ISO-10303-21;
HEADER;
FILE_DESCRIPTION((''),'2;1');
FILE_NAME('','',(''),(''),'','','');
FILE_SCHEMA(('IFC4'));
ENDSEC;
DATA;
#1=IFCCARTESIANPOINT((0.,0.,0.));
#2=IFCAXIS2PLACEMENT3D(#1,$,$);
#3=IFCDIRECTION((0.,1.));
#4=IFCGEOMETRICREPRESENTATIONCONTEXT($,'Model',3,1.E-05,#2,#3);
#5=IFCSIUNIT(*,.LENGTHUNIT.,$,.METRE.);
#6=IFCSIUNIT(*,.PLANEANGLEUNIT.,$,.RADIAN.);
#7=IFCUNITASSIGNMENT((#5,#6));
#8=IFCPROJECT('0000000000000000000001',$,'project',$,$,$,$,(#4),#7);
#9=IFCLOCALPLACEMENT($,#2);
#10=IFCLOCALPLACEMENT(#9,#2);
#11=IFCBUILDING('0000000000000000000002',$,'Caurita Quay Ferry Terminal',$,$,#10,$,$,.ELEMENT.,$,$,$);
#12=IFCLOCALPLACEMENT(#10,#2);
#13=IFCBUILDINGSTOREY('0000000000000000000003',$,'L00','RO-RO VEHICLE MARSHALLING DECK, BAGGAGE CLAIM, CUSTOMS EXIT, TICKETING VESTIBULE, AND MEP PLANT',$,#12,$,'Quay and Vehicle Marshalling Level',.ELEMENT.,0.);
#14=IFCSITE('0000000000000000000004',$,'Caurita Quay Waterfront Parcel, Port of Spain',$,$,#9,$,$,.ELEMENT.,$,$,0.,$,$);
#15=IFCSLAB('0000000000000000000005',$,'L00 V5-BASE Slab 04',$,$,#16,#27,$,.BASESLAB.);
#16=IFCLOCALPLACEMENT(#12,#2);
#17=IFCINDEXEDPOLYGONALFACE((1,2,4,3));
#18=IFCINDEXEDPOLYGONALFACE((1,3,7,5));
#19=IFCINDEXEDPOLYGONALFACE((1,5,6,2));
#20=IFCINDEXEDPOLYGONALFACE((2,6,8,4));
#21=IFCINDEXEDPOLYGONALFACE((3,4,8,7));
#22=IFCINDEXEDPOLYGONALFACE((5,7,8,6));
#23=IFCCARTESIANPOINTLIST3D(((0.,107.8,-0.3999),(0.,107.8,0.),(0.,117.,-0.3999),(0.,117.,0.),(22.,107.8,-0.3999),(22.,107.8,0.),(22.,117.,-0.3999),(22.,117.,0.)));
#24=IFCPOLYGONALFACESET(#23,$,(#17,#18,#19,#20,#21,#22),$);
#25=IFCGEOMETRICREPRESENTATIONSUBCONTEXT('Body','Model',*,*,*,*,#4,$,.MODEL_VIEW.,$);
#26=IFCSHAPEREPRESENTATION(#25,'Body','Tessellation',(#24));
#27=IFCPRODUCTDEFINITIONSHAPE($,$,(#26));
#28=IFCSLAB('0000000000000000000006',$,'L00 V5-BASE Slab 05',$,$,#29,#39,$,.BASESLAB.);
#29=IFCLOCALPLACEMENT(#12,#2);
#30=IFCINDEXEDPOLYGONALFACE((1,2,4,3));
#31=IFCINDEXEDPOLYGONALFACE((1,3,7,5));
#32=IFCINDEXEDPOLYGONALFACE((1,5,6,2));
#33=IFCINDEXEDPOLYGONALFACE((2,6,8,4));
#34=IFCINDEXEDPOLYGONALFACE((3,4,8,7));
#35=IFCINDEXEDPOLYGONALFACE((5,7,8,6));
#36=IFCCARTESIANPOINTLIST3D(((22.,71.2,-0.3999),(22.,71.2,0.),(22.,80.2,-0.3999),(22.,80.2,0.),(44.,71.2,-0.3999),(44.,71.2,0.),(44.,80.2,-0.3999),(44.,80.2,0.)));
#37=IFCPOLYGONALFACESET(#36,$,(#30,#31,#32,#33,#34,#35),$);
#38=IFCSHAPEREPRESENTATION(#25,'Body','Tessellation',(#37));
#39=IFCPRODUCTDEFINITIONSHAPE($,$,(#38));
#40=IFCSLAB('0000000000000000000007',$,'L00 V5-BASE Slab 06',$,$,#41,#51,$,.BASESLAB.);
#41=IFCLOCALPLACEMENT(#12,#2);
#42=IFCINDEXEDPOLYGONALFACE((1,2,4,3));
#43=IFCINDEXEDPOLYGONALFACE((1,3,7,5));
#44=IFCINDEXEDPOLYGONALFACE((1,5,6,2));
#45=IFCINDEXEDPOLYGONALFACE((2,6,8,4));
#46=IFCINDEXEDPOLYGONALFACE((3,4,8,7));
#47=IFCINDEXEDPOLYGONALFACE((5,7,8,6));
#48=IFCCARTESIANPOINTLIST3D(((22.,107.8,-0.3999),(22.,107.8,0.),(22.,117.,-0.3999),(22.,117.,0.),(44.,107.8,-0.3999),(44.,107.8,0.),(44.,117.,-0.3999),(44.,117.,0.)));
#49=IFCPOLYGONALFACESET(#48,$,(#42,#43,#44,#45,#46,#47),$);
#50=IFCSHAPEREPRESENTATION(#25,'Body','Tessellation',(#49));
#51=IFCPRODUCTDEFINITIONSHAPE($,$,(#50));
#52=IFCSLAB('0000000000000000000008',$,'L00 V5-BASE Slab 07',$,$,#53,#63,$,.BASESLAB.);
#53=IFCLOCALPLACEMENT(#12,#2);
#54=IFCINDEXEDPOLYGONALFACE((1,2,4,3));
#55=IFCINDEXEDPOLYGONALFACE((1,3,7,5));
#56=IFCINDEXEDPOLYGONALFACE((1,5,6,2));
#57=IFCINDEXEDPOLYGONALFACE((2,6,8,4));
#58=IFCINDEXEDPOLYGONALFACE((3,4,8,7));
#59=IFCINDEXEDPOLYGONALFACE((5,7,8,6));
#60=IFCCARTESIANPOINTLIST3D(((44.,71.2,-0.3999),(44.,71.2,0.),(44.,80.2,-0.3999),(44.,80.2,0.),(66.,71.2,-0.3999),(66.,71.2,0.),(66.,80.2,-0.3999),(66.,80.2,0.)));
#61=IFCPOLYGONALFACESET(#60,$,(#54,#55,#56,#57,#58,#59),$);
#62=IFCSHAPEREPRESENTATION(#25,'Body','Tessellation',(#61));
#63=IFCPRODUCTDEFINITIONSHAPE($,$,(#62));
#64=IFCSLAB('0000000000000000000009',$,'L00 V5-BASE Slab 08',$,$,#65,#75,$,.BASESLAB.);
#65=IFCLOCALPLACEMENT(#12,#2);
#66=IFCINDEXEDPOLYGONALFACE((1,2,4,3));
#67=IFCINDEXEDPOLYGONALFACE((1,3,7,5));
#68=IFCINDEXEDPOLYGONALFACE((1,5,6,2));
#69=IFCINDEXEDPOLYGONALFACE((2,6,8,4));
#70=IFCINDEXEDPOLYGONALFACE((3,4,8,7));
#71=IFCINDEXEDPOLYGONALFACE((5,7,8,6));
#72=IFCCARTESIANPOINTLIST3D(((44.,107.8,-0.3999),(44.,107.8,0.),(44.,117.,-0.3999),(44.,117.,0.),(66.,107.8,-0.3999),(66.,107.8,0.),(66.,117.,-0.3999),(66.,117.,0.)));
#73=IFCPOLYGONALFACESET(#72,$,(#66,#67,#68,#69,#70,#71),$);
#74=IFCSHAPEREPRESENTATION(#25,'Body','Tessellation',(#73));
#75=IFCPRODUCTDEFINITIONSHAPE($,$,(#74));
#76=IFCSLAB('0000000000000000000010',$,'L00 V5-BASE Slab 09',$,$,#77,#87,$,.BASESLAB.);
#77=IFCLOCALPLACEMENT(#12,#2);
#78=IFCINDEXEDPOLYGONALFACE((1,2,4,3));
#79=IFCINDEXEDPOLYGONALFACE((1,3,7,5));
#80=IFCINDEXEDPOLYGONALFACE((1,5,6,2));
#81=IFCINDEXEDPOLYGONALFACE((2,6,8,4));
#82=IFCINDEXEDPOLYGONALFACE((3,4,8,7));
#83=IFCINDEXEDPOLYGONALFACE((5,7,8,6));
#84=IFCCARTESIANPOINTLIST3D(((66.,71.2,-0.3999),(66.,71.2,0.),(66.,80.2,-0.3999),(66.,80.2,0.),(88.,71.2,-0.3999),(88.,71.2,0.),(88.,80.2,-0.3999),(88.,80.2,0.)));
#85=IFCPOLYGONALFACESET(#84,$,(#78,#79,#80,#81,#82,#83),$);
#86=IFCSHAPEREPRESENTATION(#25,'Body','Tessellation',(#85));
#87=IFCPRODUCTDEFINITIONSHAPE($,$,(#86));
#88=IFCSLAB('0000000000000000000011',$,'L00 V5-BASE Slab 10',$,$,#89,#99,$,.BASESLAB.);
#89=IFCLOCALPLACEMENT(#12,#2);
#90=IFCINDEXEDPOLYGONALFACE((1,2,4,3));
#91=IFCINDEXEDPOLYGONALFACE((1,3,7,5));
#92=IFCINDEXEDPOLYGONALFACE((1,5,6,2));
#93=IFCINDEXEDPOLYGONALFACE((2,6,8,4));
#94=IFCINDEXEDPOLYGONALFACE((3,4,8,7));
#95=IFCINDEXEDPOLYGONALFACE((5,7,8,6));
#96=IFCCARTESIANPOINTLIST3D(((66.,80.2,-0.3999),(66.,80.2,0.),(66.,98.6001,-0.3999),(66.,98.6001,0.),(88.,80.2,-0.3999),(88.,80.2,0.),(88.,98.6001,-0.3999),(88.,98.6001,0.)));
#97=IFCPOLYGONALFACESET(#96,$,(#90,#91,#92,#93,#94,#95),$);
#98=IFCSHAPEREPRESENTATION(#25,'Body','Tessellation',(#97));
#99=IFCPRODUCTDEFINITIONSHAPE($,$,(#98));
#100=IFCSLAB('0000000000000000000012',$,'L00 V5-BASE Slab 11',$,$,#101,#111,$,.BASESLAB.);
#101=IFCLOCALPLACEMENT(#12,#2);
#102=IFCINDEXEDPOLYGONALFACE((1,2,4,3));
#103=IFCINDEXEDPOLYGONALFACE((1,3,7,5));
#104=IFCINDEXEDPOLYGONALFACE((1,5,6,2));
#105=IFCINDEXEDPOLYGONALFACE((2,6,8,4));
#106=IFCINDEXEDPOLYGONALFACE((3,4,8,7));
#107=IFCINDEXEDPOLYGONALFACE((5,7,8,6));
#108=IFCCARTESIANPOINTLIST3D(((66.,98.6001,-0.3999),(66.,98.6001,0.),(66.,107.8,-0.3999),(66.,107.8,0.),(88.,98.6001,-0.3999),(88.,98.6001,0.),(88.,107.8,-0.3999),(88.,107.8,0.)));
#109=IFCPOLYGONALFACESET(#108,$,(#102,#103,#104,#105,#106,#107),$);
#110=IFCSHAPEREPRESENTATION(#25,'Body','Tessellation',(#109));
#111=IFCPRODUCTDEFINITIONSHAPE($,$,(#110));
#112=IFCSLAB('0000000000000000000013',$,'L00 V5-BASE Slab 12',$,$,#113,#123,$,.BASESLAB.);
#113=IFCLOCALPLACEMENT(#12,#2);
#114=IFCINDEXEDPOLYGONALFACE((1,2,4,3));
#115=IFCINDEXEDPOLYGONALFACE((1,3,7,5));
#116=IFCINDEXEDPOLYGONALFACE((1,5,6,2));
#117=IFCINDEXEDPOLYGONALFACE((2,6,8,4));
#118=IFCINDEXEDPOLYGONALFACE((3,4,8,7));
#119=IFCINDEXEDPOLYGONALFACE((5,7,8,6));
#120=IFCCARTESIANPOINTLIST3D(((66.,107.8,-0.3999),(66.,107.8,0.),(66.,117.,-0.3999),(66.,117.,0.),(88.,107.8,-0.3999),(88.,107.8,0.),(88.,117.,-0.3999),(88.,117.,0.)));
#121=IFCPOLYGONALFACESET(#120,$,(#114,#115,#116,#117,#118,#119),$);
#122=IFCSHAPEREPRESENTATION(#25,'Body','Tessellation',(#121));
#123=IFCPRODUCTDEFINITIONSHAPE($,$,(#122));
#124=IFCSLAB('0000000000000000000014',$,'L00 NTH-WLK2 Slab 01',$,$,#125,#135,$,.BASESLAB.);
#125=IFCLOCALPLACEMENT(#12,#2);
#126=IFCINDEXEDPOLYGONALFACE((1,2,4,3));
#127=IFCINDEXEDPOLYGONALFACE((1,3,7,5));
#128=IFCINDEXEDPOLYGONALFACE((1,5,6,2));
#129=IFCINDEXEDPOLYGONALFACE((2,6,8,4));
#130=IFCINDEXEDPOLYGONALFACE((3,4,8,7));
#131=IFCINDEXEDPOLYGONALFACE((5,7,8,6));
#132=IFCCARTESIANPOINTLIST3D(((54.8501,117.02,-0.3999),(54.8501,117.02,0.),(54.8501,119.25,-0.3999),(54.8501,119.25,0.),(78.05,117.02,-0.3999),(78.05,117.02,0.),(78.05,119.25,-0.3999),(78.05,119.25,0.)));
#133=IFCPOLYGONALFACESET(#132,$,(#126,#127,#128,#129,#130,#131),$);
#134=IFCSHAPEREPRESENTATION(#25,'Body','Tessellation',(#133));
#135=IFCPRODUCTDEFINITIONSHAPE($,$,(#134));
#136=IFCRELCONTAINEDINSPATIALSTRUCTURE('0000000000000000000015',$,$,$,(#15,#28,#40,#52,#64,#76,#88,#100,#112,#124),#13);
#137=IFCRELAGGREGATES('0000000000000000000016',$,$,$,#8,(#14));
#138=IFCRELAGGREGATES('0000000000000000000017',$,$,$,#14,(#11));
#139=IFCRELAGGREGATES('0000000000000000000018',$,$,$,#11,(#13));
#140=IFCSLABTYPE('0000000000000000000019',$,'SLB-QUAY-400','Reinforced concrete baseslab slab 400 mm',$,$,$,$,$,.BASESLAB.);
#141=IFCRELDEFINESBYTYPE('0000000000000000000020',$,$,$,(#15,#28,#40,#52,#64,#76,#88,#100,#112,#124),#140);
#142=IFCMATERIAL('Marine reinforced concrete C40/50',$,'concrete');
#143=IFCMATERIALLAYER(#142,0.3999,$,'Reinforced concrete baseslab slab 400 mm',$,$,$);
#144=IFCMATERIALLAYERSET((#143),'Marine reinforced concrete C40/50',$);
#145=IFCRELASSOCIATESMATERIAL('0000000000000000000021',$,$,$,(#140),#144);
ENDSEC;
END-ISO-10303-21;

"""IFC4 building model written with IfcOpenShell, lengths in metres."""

from ifc_helpers import new_model, si_unit, direction, frame, origin, place, context, subcontext, project, spatial, polyline, outline, extrude, material, layer, layer_set, type_object, element, save


model = new_model("IFC4")

# Units and contexts
model_context = context("Model", 3, precision=1e-05, world=origin(), true_north=direction((0.0, 1.0)))
body_context = subcontext(model_context, "Body", "Model", "MODEL_VIEW")
ifc_project = project(units=[si_unit("LENGTHUNIT", "METRE"), si_unit("PLANEANGLEUNIT", "RADIAN")], contexts=[model_context])

# Site, building, storey
site_placement = place(None, origin())
site = spatial("IfcSite", under=ifc_project, at=site_placement, Name="Caurita Quay Waterfront Parcel, Port of Spain", CompositionType="ELEMENT", RefElevation=0.0)
building_placement = place(site_placement, origin())
building = spatial("IfcBuilding", under=site, at=building_placement, Name="Caurita Quay Ferry Terminal", CompositionType="ELEMENT")
storey_placement = place(building_placement, origin())
storey = spatial("IfcBuildingStorey", under=building, at=storey_placement, Name="L00", Description="RO-RO VEHICLE MARSHALLING DECK, BAGGAGE CLAIM, CUSTOMS EXIT, TICKETING VESTIBULE, AND MEP PLANT", LongName="Quay and Vehicle Marshalling Level", CompositionType="ELEMENT", Elevation=0.0)

# Slabs
ifc_material = material(Name="Marine reinforced concrete C40/50", Category="concrete")
ifc_layer = layer(ifc_material, 0.3999, Name="Reinforced concrete baseslab slab 400 mm")
ifc_layer_set = layer_set([ifc_layer], Name="Marine reinforced concrete C40/50")
slab_type = type_object("IfcSlabType", Name="SLB-QUAY-400", Description="Reinforced concrete baseslab slab 400 mm", PredefinedType="BASESLAB", material=ifc_layer_set)
slab_1_placement = place(storey_placement, frame((0.0, 0.0, -0.3999)))
element("IfcSlab", 1, at=slab_1_placement, inside=storey, type_object=slab_type, Name="L00 V5-BASE Slab 04", PredefinedType="BASESLAB", context=body_context, shape_type="SweptSolid", body=[
    extrude(outline(polyline([(0.0, 107.8), (22.0, 107.8), (22.0, 117.0), (0.0, 117.0), (0.0, 107.8)])), origin(), (0.0, 0.0, 1.0), 0.3999),
])
slab_2_placement = place(storey_placement, frame((0.0, 0.0, -0.3999)))
element("IfcSlab", 2, at=slab_2_placement, inside=storey, type_object=slab_type, Name="L00 V5-BASE Slab 05", PredefinedType="BASESLAB", context=body_context, shape_type="SweptSolid", body=[
    extrude(outline(polyline([(22.0, 71.2), (44.0, 71.2), (44.0, 80.2), (22.0, 80.2), (22.0, 71.2)])), origin(), (0.0, 0.0, 1.0), 0.3999),
])
slab_3_placement = place(storey_placement, frame((0.0, 0.0, -0.3999)))
element("IfcSlab", 3, at=slab_3_placement, inside=storey, type_object=slab_type, Name="L00 V5-BASE Slab 06", PredefinedType="BASESLAB", context=body_context, shape_type="SweptSolid", body=[
    extrude(outline(polyline([(22.0, 107.8), (44.0, 107.8), (44.0, 117.0), (22.0, 117.0), (22.0, 107.8)])), origin(), (0.0, 0.0, 1.0), 0.3999),
])
slab_4_placement = place(storey_placement, frame((0.0, 0.0, -0.3999)))
element("IfcSlab", 4, at=slab_4_placement, inside=storey, type_object=slab_type, Name="L00 V5-BASE Slab 07", PredefinedType="BASESLAB", context=body_context, shape_type="SweptSolid", body=[
    extrude(outline(polyline([(44.0, 71.2), (66.0, 71.2), (66.0, 80.2), (44.0, 80.2), (44.0, 71.2)])), origin(), (0.0, 0.0, 1.0), 0.3999),
])
slab_5_placement = place(storey_placement, frame((0.0, 0.0, -0.3999)))
element("IfcSlab", 5, at=slab_5_placement, inside=storey, type_object=slab_type, Name="L00 V5-BASE Slab 08", PredefinedType="BASESLAB", context=body_context, shape_type="SweptSolid", body=[
    extrude(outline(polyline([(44.0, 107.8), (66.0, 107.8), (66.0, 117.0), (44.0, 117.0), (44.0, 107.8)])), origin(), (0.0, 0.0, 1.0), 0.3999),
])
slab_6_placement = place(storey_placement, frame((0.0, 0.0, -0.3999)))
element("IfcSlab", 6, at=slab_6_placement, inside=storey, type_object=slab_type, Name="L00 V5-BASE Slab 09", PredefinedType="BASESLAB", context=body_context, shape_type="SweptSolid", body=[
    extrude(outline(polyline([(66.0, 71.2), (88.0, 71.2), (88.0, 80.2), (66.0, 80.2), (66.0, 71.2)])), origin(), (0.0, 0.0, 1.0), 0.3999),
])
slab_7_placement = place(storey_placement, frame((0.0, 0.0, -0.3999)))
element("IfcSlab", 7, at=slab_7_placement, inside=storey, type_object=slab_type, Name="L00 V5-BASE Slab 10", PredefinedType="BASESLAB", context=body_context, shape_type="SweptSolid", body=[
    extrude(outline(polyline([(66.0, 80.2), (88.0, 80.2), (88.0, 98.6001), (66.0, 98.6001), (66.0, 80.2)])), origin(), (0.0, 0.0, 1.0), 0.3999),
])
slab_8_placement = place(storey_placement, frame((0.0, 0.0, -0.3999)))
element("IfcSlab", 8, at=slab_8_placement, inside=storey, type_object=slab_type, Name="L00 V5-BASE Slab 11", PredefinedType="BASESLAB", context=body_context, shape_type="SweptSolid", body=[
    extrude(outline(polyline([(66.0, 98.6001), (88.0, 98.6001), (88.0, 107.8), (66.0, 107.8), (66.0, 98.6001)])), origin(), (0.0, 0.0, 1.0), 0.3999),
])
slab_9_placement = place(storey_placement, frame((0.0, 0.0, -0.3999)))
element("IfcSlab", 9, at=slab_9_placement, inside=storey, type_object=slab_type, Name="L00 V5-BASE Slab 12", PredefinedType="BASESLAB", context=body_context, shape_type="SweptSolid", body=[
    extrude(outline(polyline([(66.0, 107.8), (88.0, 107.8), (88.0, 117.0), (66.0, 117.0), (66.0, 107.8)])), origin(), (0.0, 0.0, 1.0), 0.3999),
])
slab_10_placement = place(storey_placement, frame((0.0, 0.0, -0.3999)))
element("IfcSlab", 10, at=slab_10_placement, inside=storey, type_object=slab_type, Name="L00 NTH-WLK2 Slab 01", PredefinedType="BASESLAB", context=body_context, shape_type="SweptSolid", body=[
    extrude(outline(polyline([(54.8501, 117.02), (78.05, 117.02), (78.05, 119.25), (54.8501, 119.25), (54.8501, 117.02)])), origin(), (0.0, 0.0, 1.0), 0.3999),
])

save(model, "model.ifc")
